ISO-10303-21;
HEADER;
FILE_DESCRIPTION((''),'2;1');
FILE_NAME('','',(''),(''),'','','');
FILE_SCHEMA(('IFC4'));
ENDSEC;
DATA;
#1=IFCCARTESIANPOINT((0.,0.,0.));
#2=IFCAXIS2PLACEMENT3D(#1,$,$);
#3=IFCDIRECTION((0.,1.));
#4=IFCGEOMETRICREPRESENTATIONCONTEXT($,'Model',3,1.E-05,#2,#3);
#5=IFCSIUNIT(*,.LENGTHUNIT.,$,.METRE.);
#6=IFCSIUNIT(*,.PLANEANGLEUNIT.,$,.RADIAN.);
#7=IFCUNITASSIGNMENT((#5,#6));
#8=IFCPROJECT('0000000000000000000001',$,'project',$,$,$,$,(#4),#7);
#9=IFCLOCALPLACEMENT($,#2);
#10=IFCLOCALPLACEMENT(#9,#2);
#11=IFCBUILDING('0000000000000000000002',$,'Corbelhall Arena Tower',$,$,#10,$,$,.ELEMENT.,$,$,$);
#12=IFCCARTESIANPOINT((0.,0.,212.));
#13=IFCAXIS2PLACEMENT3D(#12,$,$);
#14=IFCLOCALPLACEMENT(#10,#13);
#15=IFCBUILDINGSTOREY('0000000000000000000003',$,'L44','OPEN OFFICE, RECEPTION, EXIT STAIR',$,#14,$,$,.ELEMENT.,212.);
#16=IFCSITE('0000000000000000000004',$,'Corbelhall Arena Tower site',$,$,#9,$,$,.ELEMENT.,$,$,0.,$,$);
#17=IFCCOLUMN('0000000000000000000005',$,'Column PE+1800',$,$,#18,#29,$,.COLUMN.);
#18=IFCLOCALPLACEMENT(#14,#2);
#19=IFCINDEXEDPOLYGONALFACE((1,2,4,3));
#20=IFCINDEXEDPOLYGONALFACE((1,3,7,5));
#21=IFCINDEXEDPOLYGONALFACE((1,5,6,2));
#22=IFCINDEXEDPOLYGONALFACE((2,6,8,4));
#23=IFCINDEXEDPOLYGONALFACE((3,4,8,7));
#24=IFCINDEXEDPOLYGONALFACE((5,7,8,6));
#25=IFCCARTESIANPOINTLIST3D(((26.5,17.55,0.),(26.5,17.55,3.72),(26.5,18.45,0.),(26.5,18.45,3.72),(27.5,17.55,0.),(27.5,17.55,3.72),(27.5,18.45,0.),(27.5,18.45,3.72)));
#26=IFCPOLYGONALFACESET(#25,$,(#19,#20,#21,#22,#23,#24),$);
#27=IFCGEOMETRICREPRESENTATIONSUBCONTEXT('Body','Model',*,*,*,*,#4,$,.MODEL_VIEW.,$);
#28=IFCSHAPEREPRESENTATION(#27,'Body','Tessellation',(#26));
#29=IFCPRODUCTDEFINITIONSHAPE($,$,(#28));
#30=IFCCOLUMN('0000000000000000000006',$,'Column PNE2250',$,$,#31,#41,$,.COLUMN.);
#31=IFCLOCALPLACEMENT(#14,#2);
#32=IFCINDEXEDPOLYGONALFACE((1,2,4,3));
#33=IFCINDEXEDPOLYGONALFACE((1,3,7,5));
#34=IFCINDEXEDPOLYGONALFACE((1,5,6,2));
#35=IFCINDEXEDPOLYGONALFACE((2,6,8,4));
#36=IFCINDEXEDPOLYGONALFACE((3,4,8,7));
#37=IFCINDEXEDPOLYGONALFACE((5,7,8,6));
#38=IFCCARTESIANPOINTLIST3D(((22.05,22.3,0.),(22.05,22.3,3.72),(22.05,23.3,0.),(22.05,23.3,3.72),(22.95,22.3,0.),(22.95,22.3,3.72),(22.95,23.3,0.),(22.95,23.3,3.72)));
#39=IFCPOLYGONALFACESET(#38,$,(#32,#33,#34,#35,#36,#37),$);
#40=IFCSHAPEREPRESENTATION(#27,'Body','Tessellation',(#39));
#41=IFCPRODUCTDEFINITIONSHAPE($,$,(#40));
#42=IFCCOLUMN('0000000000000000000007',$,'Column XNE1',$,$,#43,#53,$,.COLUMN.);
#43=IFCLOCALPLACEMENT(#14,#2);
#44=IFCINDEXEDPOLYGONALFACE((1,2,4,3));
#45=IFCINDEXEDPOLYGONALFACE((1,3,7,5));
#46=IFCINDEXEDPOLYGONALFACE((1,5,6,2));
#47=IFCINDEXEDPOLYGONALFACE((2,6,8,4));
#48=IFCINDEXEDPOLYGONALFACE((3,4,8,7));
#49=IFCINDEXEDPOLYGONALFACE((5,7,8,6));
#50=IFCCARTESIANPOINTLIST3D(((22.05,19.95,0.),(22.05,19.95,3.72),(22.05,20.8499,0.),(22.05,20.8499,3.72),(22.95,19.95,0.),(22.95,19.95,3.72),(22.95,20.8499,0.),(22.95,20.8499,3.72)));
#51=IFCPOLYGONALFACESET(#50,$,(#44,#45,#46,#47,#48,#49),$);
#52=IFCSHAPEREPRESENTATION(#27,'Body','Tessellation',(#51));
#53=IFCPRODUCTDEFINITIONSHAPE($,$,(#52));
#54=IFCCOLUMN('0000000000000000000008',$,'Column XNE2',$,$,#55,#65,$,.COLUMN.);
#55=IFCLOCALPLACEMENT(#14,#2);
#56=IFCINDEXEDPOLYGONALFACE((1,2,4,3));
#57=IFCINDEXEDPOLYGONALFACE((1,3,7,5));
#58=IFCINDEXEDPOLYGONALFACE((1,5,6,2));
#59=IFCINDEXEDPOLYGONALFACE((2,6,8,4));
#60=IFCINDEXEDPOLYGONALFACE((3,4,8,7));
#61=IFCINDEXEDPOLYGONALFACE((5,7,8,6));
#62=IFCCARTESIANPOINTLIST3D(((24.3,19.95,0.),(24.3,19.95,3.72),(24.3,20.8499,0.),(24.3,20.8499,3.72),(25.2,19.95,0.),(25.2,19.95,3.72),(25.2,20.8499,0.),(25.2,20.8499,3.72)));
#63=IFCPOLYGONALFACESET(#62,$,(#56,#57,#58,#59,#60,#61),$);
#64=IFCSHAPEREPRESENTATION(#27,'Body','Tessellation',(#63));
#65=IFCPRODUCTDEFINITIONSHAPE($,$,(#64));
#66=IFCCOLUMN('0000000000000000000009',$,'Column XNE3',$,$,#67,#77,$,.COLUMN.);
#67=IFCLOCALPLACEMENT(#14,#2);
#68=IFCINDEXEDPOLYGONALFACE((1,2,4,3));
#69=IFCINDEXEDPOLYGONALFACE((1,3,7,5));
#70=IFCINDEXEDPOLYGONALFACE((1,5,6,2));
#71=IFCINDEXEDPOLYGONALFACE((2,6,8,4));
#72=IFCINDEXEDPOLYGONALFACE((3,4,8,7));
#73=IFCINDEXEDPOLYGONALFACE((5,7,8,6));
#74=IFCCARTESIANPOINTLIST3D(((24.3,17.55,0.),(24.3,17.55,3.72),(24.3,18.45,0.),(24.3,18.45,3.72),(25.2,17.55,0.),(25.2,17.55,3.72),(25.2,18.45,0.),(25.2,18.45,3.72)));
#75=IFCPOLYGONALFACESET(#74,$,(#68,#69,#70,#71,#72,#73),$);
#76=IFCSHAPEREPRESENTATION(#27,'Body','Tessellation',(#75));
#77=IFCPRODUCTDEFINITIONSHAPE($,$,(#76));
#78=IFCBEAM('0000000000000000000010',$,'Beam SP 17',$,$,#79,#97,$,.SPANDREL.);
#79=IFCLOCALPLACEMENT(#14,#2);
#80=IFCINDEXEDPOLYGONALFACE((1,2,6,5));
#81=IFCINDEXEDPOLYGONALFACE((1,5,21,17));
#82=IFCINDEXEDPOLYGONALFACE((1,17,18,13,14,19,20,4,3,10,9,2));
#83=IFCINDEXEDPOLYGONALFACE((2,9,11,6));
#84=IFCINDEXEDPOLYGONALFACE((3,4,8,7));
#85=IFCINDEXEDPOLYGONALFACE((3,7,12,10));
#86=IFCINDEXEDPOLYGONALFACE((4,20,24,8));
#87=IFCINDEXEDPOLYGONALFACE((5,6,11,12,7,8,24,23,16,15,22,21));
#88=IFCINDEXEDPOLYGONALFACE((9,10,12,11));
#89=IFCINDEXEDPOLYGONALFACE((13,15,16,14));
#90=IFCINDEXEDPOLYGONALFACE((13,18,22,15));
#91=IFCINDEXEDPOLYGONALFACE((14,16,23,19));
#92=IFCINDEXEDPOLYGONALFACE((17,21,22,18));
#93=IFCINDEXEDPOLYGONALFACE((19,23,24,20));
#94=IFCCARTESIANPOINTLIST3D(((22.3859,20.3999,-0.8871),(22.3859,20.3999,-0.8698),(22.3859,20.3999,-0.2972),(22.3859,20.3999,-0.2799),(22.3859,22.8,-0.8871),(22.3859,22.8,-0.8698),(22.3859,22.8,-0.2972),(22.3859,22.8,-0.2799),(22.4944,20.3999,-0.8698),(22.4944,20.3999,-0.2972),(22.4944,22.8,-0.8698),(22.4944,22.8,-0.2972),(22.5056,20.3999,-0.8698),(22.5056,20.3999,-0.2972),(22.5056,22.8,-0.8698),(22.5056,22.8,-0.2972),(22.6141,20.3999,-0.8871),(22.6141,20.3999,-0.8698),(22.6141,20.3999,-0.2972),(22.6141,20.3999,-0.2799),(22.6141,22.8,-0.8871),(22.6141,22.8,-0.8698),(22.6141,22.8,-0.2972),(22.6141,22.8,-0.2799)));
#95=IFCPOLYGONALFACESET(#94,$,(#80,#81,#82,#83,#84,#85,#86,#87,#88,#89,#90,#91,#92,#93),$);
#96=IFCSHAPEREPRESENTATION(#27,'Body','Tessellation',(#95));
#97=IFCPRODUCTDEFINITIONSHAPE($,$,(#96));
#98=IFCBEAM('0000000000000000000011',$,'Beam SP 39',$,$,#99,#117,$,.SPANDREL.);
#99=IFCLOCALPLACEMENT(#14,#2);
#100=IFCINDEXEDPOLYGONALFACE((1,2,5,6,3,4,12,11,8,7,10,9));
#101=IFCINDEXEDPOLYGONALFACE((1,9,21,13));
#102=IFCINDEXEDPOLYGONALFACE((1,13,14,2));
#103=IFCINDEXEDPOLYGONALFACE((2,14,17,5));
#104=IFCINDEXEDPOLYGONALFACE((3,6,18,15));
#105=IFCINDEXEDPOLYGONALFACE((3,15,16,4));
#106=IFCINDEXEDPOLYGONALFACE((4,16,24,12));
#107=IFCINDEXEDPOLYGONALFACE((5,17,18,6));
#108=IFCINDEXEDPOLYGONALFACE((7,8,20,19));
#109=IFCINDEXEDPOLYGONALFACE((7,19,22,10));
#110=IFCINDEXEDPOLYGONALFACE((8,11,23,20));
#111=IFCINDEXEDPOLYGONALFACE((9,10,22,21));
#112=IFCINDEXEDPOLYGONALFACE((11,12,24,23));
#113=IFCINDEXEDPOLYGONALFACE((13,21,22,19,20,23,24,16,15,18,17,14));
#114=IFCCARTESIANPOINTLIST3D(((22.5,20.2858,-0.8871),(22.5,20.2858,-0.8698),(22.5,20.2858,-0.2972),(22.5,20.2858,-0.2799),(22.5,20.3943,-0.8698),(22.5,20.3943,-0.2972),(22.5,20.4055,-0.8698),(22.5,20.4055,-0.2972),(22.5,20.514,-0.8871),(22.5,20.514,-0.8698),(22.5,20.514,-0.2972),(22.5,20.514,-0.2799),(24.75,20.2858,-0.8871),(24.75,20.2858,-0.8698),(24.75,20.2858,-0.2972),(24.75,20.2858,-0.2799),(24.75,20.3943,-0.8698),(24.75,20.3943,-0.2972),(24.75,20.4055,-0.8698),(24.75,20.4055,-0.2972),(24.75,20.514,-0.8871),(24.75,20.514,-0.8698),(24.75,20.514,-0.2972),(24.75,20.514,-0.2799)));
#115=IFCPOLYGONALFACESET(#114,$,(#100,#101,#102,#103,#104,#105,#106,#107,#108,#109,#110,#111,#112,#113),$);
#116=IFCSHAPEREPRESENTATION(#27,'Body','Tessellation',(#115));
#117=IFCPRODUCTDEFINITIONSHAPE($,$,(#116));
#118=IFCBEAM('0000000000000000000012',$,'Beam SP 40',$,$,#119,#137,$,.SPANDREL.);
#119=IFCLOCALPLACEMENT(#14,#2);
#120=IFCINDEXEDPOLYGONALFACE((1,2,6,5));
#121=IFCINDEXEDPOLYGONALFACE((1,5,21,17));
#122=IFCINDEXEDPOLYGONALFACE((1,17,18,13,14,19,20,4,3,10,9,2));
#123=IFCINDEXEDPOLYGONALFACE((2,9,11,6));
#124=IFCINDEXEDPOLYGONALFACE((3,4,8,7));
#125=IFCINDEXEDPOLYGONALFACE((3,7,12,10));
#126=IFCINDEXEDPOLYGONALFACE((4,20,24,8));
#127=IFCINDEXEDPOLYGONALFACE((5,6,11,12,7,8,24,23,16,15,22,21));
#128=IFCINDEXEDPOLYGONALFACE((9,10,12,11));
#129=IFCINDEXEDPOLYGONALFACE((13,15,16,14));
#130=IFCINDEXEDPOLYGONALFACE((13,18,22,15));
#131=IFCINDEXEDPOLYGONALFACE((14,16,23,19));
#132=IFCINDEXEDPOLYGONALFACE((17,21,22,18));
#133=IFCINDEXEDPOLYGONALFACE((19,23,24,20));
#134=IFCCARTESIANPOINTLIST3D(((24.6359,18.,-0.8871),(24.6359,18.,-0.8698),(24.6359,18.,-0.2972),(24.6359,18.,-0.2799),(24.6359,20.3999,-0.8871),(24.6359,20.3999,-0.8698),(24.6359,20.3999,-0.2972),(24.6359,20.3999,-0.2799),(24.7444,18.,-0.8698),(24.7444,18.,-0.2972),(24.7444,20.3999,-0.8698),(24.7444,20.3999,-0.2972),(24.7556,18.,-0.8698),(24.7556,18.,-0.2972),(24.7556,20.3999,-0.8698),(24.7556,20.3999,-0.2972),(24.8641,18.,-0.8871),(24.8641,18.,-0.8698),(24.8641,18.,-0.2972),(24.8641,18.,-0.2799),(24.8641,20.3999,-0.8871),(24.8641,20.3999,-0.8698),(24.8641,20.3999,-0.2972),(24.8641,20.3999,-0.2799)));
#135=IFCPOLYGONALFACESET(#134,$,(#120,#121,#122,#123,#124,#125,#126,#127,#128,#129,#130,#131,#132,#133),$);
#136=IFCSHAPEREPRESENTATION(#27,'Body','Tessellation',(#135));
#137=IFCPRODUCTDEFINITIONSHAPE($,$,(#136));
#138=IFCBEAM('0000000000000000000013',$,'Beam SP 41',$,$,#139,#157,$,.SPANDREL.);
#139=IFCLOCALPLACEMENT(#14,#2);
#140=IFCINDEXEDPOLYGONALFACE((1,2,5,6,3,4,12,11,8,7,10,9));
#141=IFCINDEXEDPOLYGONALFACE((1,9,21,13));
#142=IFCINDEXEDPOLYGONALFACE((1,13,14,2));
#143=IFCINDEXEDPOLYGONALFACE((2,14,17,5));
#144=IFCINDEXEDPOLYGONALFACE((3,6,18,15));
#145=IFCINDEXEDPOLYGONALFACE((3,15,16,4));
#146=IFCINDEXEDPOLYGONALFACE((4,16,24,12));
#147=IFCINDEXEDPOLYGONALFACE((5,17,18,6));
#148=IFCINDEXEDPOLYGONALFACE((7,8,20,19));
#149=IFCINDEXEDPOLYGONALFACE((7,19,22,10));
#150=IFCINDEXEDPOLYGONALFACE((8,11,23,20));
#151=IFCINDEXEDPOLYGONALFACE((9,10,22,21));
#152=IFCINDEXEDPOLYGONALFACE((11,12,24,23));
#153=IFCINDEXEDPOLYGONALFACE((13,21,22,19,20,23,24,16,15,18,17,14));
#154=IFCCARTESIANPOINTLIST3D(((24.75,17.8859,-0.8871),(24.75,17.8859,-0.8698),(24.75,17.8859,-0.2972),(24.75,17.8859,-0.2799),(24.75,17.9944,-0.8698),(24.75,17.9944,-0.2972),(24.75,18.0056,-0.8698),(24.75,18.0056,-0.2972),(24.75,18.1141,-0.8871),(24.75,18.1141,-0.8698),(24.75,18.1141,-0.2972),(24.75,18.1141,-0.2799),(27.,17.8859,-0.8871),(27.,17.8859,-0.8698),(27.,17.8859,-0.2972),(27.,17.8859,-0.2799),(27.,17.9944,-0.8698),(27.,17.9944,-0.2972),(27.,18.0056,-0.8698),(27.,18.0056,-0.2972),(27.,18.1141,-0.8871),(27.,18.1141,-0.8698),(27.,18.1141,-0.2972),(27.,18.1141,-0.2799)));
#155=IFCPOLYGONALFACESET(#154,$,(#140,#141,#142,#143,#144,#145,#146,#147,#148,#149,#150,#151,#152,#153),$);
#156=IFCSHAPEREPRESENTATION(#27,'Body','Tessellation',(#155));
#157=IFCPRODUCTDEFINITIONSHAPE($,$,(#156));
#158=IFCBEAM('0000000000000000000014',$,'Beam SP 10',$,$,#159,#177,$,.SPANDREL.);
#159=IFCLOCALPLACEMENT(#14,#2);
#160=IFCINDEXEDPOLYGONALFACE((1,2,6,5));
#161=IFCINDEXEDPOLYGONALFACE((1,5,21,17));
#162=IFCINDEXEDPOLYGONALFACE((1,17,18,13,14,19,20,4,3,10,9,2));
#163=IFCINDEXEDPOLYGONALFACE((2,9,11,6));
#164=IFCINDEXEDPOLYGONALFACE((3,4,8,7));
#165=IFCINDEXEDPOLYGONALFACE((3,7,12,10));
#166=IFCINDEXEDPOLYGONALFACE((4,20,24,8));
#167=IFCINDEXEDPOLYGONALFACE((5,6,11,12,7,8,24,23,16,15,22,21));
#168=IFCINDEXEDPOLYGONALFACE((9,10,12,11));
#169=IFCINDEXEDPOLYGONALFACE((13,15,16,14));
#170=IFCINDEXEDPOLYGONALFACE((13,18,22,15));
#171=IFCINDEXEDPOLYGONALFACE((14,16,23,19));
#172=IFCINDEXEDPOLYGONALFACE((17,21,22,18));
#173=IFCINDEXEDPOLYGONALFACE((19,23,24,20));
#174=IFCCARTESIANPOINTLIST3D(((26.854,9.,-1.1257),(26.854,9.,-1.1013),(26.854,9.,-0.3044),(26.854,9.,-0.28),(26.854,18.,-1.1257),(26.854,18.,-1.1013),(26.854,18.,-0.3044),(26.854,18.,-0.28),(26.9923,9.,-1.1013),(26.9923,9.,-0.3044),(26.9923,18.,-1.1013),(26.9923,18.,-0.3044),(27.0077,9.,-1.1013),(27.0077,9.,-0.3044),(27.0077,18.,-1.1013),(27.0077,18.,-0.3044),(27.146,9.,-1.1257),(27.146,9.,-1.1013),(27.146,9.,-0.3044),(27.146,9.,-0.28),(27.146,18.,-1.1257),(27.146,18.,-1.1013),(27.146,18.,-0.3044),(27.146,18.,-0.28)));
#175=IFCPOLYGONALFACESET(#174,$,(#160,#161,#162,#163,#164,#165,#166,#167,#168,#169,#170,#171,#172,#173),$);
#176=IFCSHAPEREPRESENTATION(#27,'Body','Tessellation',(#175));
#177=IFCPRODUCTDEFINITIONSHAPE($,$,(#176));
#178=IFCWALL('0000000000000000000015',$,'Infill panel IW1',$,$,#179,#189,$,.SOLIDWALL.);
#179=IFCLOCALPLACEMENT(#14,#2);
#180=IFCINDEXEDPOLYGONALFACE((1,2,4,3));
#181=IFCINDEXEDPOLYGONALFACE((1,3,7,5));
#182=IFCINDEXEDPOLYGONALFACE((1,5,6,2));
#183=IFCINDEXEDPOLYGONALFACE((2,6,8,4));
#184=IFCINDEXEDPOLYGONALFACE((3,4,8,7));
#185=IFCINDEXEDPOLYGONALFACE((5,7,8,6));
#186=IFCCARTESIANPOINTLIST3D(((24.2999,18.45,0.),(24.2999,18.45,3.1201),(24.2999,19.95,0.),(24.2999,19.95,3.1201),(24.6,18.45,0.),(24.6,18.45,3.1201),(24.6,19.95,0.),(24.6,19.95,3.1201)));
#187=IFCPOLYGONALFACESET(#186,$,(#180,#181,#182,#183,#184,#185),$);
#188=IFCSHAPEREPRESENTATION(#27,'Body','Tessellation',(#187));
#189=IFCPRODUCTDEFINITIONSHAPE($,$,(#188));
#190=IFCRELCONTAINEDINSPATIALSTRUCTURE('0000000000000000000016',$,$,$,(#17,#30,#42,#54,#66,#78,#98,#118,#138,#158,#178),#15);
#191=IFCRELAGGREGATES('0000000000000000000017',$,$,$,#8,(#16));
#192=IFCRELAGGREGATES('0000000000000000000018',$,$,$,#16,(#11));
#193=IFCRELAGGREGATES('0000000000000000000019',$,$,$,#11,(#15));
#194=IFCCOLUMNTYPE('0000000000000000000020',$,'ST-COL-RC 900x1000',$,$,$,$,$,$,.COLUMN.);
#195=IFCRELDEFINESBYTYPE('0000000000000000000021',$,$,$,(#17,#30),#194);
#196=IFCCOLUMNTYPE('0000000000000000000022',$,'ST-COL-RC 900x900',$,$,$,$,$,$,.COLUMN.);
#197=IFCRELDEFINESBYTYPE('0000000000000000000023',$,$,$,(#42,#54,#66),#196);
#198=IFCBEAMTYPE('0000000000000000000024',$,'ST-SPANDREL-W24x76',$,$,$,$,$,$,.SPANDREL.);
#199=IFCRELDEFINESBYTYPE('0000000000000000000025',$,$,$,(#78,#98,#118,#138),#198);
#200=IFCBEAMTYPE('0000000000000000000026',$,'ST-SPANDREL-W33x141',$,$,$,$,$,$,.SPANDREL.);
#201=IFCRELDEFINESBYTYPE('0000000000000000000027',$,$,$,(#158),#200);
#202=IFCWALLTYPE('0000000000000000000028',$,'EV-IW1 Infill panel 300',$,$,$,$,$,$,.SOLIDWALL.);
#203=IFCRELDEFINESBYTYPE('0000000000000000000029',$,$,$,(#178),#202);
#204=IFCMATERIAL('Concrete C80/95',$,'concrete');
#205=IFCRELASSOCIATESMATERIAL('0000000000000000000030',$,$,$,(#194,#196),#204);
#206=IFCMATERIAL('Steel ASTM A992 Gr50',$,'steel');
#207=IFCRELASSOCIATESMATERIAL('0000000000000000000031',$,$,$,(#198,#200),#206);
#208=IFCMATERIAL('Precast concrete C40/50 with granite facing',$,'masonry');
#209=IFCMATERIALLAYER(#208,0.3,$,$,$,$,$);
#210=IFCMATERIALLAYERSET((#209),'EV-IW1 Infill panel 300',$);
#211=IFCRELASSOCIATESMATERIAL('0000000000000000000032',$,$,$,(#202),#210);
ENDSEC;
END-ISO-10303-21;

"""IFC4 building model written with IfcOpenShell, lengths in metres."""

from ifc_helpers import new_model, si_unit, direction, frame, frame_2d, origin, origin_2d, place, context, subcontext, project, spatial, rectangle, i_section, extrude, material, layer, layer_set, material_profile, profile_set, type_object, element, save


model = new_model("IFC4")

# Units and contexts
model_context = context("Model", 3, precision=1e-05, world=origin(), true_north=direction((0.0, 1.0)))
body_context = subcontext(model_context, "Body", "Model", "MODEL_VIEW")
ifc_project = project(units=[si_unit("LENGTHUNIT", "METRE"), si_unit("PLANEANGLEUNIT", "RADIAN")], contexts=[model_context])

# Site, building, storey
site_placement = place(None, origin())
site = spatial("IfcSite", under=ifc_project, at=site_placement, Name="Corbelhall Arena Tower site", CompositionType="ELEMENT", RefElevation=0.0)
building_placement = place(site_placement, origin())
building = spatial("IfcBuilding", under=site, at=building_placement, Name="Corbelhall Arena Tower", CompositionType="ELEMENT")
storey_placement = place(building_placement, frame((0.0, 0.0, 212.0)))
storey = spatial("IfcBuildingStorey", under=building, at=storey_placement, Name="L44", Description="OPEN OFFICE, RECEPTION, EXIT STAIR", CompositionType="ELEMENT", Elevation=212.0)

# Columns
ifc_material_1 = material(Name="Concrete C80/95", Category="concrete")
ifc_material_profile_1 = material_profile(ifc_material_1, rectangle(XDim=0.8999, YDim=1.0, at=origin_2d()))
ifc_profile_set_1 = profile_set([ifc_material_profile_1], Name="Concrete C80/95")
column_type_1 = type_object("IfcColumnType", Name="ST-COL-RC 900x1000", PredefinedType="COLUMN", material=ifc_profile_set_1)
for number, where, z_axis, x_axis, name in (
    (1, (27.0, 18.0, 0.0), (0.0, 0.0, 1.0), (0.0, 1.0, 0.0), "Column PE+1800"),
    (2, (22.5, 22.8, 0.0), (0.0, 0.0, 1.0), (1.0, 0.0, 0.0), "Column PNE2250"),
):
    element("IfcColumn", number, at=place(storey_placement, frame(where, z_axis=z_axis, x_axis=x_axis)), inside=storey, type_object=column_type_1, Name=name, PredefinedType="COLUMN", context=body_context, shape_type="SweptSolid", body=[
        extrude(rectangle(XDim=0.8999, YDim=1.0, at=origin_2d()), origin(), (0.0, 0.0, 1.0), 3.72),
    ])
ifc_material_profile_2 = material_profile(ifc_material_1, rectangle(XDim=0.8999, YDim=0.8999, at=origin_2d()))
ifc_profile_set_2 = profile_set([ifc_material_profile_2], Name="Concrete C80/95")
column_type_2 = type_object("IfcColumnType", Name="ST-COL-RC 900x900", PredefinedType="COLUMN", material=ifc_profile_set_2)
for number, where, z_axis, x_axis, name in (
    (3, (22.5, 20.3999, 0.0), (0.0, 0.0, 1.0), (1.0, 0.0, 0.0), "Column XNE1"),
    (4, (24.75, 20.3999, 0.0), (0.0, 0.0, 1.0), (1.0, 0.0, 0.0), "Column XNE2"),
    (5, (24.75, 18.0, 0.0), (0.0, 0.0, 1.0), (1.0, 0.0, 0.0), "Column XNE3"),
):
    element("IfcColumn", number, at=place(storey_placement, frame(where, z_axis=z_axis, x_axis=x_axis)), inside=storey, type_object=column_type_2, Name=name, PredefinedType="COLUMN", context=body_context, shape_type="SweptSolid", body=[
        extrude(rectangle(XDim=0.8999, YDim=0.8999, at=origin_2d()), origin(), (0.0, 0.0, 1.0), 3.72),
    ])

# Beams
ifc_material_2 = material(Name="Steel ASTM A992 Gr50", Category="steel")
ifc_material_profile_3 = material_profile(ifc_material_2, i_section(OverallWidth=0.2283, OverallDepth=0.6072, WebThickness=0.0112, FlangeThickness=0.0173, at=origin_2d()))
ifc_profile_set_3 = profile_set([ifc_material_profile_3], Name="Steel ASTM A992 Gr50")
beam_type_1 = type_object("IfcBeamType", Name="ST-SPANDREL-W24x76", PredefinedType="SPANDREL", material=ifc_profile_set_3)
beam_1_placement = place(storey_placement, frame((22.5, 22.8, -0.5835), z_axis=(0.0, -1.0, 0.0), x_axis=(1.0, 0.0, 0.0)))
element("IfcBeam", 6, at=beam_1_placement, inside=storey, type_object=beam_type_1, Name="Beam SP 17", PredefinedType="SPANDREL", context=body_context, shape_type="SweptSolid", body=[
    extrude(i_section(OverallWidth=0.2283, OverallDepth=0.6072, WebThickness=0.0112, FlangeThickness=0.0173, at=origin_2d()), origin(), (0.0, 0.0, 1.0), 2.4001),
])
beam_2_placement = place(storey_placement, frame((22.5, 20.3999, -0.5835), z_axis=(1.0, 0.0, 0.0), x_axis=(0.0, 1.0, 0.0)))
element("IfcBeam", 7, at=beam_2_placement, inside=storey, type_object=beam_type_1, Name="Beam SP 39", PredefinedType="SPANDREL", context=body_context, shape_type="SweptSolid", body=[
    extrude(i_section(OverallWidth=0.2283, OverallDepth=0.6072, WebThickness=0.0112, FlangeThickness=0.0173, at=origin_2d()), origin(), (0.0, 0.0, 1.0), 2.25),
])
beam_3_placement = place(storey_placement, frame((24.75, 20.3999, -0.5835), z_axis=(0.0, -1.0, 0.0), x_axis=(1.0, 0.0, 0.0)))
element("IfcBeam", 8, at=beam_3_placement, inside=storey, type_object=beam_type_1, Name="Beam SP 40", PredefinedType="SPANDREL", context=body_context, shape_type="SweptSolid", body=[
    extrude(i_section(OverallWidth=0.2283, OverallDepth=0.6072, WebThickness=0.0112, FlangeThickness=0.0173, at=origin_2d()), origin(), (0.0, 0.0, 1.0), 2.3999),
])
beam_4_placement = place(storey_placement, frame((24.75, 18.0, -0.5835), z_axis=(1.0, 0.0, 0.0), x_axis=(0.0, 1.0, 0.0)))
element("IfcBeam", 9, at=beam_4_placement, inside=storey, type_object=beam_type_1, Name="Beam SP 41", PredefinedType="SPANDREL", context=body_context, shape_type="SweptSolid", body=[
    extrude(i_section(OverallWidth=0.2283, OverallDepth=0.6072, WebThickness=0.0112, FlangeThickness=0.0173, at=origin_2d()), origin(), (0.0, 0.0, 1.0), 2.25),
])
ifc_material_profile_4 = material_profile(ifc_material_2, i_section(OverallWidth=0.292, OverallDepth=0.8457, WebThickness=0.0154, FlangeThickness=0.0244, at=origin_2d()))
ifc_profile_set_4 = profile_set([ifc_material_profile_4], Name="Steel ASTM A992 Gr50")
beam_type_2 = type_object("IfcBeamType", Name="ST-SPANDREL-W33x141", PredefinedType="SPANDREL", material=ifc_profile_set_4)
beam_5_placement = place(storey_placement, frame((27.0, 18.0, -0.7029), z_axis=(0.0, -1.0, 0.0), x_axis=(1.0, 0.0, 0.0)))
element("IfcBeam", 10, at=beam_5_placement, inside=storey, type_object=beam_type_2, Name="Beam SP 10", PredefinedType="SPANDREL", context=body_context, shape_type="SweptSolid", body=[
    extrude(i_section(OverallWidth=0.292, OverallDepth=0.8457, WebThickness=0.0154, FlangeThickness=0.0244, at=origin_2d()), origin(), (0.0, 0.0, 1.0), 9.0),
])

# Wall
ifc_material_3 = material(Name="Precast concrete C40/50 with granite facing", Category="masonry")
ifc_layer = layer(ifc_material_3, 0.3)
ifc_layer_set = layer_set([ifc_layer], Name="EV-IW1 Infill panel 300")
wall_type = type_object("IfcWallType", Name="EV-IW1 Infill panel 300", PredefinedType="SOLIDWALL", material=ifc_layer_set)
wall_1_placement = place(storey_placement, frame((24.45, 18.45, 0.0), z_axis=(0.0, 0.0, 1.0), x_axis=(0.0, 1.0, 0.0)))
element("IfcWall", 11, at=wall_1_placement, inside=storey, type_object=wall_type, Name="Infill panel IW1", PredefinedType="SOLIDWALL", context=body_context, shape_type="SweptSolid", body=[
    extrude(rectangle(XDim=1.5, YDim=0.3, at=frame_2d((0.75, 0.0))), origin(), (0.0, 0.0, 1.0), 3.1201),
])

save(model, "model.ifc")
